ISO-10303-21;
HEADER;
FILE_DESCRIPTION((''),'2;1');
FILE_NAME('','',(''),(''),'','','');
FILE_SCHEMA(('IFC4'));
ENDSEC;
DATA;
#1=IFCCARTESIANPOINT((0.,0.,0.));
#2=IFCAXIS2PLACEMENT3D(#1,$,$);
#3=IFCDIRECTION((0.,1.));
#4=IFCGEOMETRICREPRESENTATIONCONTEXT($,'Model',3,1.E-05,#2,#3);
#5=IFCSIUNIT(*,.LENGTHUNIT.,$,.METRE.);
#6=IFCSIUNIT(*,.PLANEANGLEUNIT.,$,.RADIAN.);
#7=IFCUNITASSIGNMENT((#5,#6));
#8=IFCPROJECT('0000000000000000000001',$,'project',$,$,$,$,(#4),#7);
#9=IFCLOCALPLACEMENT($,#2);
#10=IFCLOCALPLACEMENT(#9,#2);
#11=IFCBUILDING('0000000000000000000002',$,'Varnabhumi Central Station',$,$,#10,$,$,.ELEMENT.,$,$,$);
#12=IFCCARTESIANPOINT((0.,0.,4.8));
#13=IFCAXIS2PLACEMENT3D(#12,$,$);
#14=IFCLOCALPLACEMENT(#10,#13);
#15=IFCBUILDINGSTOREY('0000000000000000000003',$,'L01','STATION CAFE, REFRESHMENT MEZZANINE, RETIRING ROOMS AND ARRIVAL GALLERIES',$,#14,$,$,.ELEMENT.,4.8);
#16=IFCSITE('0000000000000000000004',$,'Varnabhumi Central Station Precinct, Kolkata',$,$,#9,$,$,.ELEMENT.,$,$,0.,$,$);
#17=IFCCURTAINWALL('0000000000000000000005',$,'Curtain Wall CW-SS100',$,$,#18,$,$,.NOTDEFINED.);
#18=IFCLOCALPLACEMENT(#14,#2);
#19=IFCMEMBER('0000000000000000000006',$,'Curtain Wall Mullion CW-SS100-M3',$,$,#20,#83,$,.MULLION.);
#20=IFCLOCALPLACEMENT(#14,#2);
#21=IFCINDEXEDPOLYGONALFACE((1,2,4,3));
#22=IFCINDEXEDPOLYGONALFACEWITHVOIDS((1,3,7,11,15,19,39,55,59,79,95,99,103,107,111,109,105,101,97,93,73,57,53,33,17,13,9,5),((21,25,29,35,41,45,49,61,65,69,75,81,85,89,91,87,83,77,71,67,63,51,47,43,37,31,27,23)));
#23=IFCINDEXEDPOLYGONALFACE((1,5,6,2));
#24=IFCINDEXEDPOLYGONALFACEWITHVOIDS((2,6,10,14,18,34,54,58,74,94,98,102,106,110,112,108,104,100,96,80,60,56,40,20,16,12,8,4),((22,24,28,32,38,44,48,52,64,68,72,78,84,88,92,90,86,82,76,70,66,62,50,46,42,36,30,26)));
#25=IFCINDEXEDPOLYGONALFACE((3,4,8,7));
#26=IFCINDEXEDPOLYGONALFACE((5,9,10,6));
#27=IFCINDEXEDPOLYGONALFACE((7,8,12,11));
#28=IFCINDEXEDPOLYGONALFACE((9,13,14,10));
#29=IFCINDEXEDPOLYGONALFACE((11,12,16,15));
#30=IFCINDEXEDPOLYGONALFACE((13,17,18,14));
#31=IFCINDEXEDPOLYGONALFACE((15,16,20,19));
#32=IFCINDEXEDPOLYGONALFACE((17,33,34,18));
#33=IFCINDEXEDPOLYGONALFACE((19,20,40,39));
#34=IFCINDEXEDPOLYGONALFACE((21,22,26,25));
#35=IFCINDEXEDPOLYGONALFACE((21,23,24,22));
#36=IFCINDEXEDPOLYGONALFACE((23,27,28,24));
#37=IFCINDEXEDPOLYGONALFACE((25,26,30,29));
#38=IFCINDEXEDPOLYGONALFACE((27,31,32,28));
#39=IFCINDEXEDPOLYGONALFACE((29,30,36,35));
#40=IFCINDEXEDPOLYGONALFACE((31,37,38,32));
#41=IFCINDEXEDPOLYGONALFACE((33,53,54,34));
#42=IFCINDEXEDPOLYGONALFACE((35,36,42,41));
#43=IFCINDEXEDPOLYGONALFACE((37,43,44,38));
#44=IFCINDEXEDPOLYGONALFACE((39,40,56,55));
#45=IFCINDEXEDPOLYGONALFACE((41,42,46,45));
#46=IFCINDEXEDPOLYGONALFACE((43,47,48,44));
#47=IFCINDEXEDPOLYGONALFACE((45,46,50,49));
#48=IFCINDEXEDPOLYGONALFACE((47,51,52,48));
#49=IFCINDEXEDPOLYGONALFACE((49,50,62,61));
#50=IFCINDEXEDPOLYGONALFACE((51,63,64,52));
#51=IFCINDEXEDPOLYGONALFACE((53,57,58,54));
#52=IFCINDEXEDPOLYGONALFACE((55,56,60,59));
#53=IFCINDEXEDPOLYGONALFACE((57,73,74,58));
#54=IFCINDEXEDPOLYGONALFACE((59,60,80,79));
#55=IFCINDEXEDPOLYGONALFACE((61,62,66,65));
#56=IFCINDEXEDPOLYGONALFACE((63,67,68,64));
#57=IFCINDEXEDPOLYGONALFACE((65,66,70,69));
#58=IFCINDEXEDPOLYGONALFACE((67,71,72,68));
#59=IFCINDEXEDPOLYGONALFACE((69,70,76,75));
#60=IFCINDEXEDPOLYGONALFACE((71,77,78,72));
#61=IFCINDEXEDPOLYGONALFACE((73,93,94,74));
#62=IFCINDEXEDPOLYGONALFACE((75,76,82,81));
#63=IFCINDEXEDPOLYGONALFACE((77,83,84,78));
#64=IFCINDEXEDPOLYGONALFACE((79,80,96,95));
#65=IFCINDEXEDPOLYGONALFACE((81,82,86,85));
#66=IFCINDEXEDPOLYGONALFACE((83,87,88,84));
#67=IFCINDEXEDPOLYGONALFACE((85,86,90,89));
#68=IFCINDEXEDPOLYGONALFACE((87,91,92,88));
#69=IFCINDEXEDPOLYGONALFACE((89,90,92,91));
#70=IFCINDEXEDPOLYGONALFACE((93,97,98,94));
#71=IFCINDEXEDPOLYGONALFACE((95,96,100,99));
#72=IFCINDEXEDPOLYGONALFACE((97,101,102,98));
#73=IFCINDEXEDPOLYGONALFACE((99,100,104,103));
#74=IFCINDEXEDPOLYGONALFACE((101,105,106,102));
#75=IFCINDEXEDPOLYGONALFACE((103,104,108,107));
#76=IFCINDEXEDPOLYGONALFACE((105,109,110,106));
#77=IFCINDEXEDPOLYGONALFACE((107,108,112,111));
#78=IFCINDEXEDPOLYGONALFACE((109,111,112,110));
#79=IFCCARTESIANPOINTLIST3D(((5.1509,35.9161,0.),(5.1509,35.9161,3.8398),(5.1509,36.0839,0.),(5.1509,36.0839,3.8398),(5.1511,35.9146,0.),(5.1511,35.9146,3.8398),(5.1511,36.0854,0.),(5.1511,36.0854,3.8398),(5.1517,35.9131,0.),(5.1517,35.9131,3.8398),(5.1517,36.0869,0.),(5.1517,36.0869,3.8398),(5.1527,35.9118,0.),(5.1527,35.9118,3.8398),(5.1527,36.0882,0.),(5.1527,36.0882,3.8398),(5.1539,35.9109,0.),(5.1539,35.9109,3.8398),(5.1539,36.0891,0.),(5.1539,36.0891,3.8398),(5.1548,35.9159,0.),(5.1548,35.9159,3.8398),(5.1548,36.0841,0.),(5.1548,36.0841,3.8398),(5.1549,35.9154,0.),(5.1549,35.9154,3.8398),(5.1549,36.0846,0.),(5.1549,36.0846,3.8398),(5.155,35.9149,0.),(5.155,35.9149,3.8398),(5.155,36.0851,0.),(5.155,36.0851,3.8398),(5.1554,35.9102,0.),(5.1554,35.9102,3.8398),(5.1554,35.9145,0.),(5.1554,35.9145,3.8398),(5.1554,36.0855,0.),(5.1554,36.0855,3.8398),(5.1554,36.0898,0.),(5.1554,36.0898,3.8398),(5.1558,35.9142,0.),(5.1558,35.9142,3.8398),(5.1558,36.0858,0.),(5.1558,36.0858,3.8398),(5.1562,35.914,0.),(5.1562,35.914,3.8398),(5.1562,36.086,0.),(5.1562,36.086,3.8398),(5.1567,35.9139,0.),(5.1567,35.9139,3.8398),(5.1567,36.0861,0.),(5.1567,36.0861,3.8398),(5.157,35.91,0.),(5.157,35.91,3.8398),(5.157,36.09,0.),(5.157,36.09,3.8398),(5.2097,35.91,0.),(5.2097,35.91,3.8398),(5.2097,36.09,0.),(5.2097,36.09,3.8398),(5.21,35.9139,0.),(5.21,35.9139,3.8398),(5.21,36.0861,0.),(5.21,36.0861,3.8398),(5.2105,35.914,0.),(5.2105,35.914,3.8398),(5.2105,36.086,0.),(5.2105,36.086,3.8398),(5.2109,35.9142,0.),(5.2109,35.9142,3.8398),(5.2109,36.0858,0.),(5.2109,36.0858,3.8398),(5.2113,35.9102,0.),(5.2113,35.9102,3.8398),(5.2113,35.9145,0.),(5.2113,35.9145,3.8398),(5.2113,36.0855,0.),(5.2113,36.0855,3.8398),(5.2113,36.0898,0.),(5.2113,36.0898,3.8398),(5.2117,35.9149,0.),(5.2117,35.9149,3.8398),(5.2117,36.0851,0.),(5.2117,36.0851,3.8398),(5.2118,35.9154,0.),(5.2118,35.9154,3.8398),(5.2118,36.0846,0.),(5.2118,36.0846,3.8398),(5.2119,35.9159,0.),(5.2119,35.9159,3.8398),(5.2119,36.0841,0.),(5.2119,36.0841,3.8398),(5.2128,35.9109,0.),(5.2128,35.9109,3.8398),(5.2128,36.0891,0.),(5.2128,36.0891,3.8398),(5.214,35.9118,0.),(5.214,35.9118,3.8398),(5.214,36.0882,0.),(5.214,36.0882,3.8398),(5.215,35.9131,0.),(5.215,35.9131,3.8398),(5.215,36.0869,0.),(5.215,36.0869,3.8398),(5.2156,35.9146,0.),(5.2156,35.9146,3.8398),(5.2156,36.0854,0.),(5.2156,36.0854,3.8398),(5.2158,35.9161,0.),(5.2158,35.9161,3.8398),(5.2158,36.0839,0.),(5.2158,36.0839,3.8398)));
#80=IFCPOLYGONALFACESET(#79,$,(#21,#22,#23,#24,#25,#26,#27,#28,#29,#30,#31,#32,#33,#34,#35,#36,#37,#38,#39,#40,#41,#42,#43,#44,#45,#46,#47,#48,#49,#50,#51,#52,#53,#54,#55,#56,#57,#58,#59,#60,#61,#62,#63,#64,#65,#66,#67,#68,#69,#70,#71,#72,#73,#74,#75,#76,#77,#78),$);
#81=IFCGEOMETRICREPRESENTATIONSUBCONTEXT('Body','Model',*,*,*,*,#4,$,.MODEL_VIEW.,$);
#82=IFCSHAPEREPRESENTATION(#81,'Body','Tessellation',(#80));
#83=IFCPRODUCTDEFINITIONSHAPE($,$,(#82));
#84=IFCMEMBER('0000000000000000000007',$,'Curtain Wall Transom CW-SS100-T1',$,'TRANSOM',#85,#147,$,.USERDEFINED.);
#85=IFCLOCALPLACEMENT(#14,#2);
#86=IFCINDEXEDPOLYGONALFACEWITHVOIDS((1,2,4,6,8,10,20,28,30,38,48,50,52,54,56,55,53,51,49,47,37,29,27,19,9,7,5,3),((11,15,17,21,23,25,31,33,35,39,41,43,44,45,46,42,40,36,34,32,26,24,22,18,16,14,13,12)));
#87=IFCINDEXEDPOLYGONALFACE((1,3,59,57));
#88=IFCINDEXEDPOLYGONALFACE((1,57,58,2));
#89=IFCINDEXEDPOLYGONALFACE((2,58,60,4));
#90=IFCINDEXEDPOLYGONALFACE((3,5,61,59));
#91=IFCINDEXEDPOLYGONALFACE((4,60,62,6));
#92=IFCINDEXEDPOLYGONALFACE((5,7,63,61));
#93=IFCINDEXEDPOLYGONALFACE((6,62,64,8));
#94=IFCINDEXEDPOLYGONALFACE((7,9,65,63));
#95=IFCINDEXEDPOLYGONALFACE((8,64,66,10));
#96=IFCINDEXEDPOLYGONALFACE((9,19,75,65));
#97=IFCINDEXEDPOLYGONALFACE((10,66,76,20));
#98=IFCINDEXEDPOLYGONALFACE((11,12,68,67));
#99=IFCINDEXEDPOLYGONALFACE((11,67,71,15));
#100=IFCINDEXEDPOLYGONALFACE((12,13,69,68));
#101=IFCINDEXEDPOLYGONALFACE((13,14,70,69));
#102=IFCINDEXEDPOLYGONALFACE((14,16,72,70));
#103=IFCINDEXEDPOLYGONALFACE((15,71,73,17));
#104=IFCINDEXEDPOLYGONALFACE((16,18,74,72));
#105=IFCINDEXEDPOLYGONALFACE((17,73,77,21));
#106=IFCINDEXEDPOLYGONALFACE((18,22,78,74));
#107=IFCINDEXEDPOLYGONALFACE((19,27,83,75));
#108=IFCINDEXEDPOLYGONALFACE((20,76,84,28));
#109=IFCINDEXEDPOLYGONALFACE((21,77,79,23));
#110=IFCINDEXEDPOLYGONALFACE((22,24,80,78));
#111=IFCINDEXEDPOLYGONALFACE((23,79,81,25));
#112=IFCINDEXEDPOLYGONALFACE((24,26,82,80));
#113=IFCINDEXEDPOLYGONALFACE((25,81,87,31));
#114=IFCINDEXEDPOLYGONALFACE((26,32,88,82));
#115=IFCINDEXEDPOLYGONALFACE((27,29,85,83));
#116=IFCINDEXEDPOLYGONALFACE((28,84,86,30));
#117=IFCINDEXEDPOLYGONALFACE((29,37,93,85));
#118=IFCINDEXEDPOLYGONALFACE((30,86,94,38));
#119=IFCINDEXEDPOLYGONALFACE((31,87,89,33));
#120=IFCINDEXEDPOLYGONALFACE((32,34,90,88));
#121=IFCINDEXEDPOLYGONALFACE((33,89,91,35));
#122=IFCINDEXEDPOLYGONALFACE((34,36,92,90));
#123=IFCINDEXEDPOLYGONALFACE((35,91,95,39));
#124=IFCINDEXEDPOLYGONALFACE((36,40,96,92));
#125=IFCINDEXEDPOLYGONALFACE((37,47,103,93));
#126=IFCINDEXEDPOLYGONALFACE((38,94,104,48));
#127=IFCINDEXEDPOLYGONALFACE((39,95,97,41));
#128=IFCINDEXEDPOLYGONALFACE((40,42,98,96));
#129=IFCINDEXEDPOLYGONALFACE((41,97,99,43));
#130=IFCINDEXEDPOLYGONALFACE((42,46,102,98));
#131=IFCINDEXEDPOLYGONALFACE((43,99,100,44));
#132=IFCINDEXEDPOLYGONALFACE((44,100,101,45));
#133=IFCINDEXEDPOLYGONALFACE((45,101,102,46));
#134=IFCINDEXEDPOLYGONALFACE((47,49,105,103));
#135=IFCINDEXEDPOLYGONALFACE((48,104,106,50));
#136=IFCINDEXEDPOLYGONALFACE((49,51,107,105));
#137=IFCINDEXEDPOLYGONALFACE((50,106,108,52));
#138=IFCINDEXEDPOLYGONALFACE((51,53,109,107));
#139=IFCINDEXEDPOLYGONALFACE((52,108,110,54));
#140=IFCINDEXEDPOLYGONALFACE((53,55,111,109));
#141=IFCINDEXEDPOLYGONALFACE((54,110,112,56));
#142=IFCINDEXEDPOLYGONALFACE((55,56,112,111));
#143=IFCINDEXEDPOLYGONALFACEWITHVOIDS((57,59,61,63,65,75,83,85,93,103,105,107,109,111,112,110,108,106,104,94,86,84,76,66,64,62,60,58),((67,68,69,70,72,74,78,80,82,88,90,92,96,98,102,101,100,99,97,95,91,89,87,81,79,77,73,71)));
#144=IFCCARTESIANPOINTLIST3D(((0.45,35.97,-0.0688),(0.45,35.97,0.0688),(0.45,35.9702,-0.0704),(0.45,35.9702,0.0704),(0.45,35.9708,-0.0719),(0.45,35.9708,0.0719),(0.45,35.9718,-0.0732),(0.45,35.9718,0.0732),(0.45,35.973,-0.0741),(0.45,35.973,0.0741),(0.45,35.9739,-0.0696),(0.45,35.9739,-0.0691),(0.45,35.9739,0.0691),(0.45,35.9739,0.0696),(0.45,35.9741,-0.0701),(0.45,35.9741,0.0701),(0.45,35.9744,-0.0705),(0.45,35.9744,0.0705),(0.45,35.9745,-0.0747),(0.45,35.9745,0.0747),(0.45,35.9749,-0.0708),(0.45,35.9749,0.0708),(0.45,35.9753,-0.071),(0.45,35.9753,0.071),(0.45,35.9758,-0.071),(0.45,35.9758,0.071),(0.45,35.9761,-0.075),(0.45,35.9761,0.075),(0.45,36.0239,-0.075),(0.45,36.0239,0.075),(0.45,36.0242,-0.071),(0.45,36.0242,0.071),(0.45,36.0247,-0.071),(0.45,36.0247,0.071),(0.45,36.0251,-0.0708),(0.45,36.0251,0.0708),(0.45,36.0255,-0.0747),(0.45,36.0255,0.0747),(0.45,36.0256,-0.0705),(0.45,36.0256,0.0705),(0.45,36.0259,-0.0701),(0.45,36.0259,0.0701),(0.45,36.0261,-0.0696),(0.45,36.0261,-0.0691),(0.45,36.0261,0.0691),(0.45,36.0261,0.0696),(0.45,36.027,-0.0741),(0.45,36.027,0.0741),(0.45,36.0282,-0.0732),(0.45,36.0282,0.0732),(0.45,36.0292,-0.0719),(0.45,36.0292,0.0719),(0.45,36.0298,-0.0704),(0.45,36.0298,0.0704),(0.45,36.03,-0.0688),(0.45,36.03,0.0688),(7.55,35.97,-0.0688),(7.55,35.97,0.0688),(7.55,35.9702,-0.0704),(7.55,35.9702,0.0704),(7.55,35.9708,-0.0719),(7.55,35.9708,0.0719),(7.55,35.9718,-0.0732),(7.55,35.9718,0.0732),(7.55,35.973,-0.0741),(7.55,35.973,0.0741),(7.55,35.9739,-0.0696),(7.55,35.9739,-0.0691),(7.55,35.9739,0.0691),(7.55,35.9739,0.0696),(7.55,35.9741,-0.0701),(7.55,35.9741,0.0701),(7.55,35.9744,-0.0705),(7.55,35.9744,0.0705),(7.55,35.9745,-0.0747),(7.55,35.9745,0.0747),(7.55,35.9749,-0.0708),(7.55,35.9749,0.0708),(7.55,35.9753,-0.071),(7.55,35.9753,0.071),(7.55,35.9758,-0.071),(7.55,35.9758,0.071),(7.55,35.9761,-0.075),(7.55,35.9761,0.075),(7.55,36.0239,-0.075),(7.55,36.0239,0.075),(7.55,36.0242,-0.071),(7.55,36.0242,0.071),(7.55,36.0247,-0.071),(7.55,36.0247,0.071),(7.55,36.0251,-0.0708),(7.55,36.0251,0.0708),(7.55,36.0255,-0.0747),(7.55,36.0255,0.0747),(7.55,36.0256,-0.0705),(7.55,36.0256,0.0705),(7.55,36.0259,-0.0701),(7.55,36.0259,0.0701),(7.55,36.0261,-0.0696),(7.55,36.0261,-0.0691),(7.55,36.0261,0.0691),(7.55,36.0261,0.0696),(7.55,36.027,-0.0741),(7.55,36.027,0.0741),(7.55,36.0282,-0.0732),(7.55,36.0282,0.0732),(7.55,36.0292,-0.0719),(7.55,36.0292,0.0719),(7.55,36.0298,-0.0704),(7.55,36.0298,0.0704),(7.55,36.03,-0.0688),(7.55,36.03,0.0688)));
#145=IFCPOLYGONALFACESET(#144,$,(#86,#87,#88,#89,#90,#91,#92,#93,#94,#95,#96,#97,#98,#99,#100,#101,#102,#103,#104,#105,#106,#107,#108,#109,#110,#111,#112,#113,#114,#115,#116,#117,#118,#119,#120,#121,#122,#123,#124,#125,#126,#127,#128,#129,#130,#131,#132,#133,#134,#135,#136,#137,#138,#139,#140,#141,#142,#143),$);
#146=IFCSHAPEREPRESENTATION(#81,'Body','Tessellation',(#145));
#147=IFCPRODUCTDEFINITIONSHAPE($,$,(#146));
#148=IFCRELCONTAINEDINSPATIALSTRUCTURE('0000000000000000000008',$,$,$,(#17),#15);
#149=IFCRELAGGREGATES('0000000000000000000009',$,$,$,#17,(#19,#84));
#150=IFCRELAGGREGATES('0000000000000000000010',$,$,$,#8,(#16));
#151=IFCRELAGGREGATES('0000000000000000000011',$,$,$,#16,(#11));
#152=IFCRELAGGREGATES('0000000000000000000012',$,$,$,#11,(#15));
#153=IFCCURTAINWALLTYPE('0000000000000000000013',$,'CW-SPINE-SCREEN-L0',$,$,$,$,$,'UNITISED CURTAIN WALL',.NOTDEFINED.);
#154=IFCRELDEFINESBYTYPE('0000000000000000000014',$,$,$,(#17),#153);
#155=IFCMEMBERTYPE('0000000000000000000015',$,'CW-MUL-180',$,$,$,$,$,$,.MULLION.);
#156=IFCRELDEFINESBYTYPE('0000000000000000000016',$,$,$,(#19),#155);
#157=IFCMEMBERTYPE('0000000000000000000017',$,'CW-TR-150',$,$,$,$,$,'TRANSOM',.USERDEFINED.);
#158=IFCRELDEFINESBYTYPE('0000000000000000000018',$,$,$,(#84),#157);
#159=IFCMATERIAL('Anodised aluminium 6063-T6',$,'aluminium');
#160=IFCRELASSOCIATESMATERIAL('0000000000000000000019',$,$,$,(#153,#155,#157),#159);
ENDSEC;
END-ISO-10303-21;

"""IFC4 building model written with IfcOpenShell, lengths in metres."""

from ifc_helpers import new_model, si_unit, direction, frame, origin, origin_2d, place, context, subcontext, project, spatial, hollow_rectangle, extrude, material, material_profile, profile_set, type_object, element, aggregate, save


model = new_model("IFC4")

# Units and contexts
model_context = context("Model", 3, precision=1e-05, world=origin(), true_north=direction((0.0, 1.0)))
body_context = subcontext(model_context, "Body", "Model", "MODEL_VIEW")
ifc_project = project(units=[si_unit("LENGTHUNIT", "METRE"), si_unit("PLANEANGLEUNIT", "RADIAN")], contexts=[model_context])

# Site, building, storey
site_placement = place(None, origin())
site = spatial("IfcSite", under=ifc_project, at=site_placement, Name="Varnabhumi Central Station Precinct, Kolkata", CompositionType="ELEMENT", RefElevation=0.0)
building_placement = place(site_placement, origin())
building = spatial("IfcBuilding", under=site, at=building_placement, Name="Varnabhumi Central Station", CompositionType="ELEMENT")
storey_placement = place(building_placement, frame((0.0, 0.0, 4.8)))
storey = spatial("IfcBuildingStorey", under=building, at=storey_placement, Name="L01", Description="STATION CAFE, REFRESHMENT MEZZANINE, RETIRING ROOMS AND ARRIVAL GALLERIES", CompositionType="ELEMENT", Elevation=4.8)

# Curtain wall, members
ifc_material_1 = material(Name="Anodised aluminium 6063-T6", Category="aluminium")
curtain_wall_type = type_object("IfcCurtainWallType", Name="CW-SPINE-SCREEN-L0", ElementType="UNITISED CURTAIN WALL", PredefinedType="NOTDEFINED", material=ifc_material_1)
curtain_wall_placement = place(storey_placement, origin())
curtain_wall = element("IfcCurtainWall", 1, at=curtain_wall_placement, inside=storey, type_object=curtain_wall_type, Name="Curtain Wall CW-SS100", PredefinedType="NOTDEFINED")
ifc_material_profile_1 = material_profile(ifc_material_1, hollow_rectangle(XDim=0.0649, YDim=0.1799, WallThickness=0.0039, InnerFilletRadius=0.002, OuterFilletRadius=0.0061, at=origin_2d()), Name="Anodised aluminium 6063-T6", Category="aluminium")
ifc_profile_set_1 = profile_set([ifc_material_profile_1], Name="Anodised aluminium 6063-T6")
member_type_1 = type_object("IfcMemberType", Name="CW-MUL-180", PredefinedType="MULLION", material=ifc_profile_set_1)
member_1_placement = place(storey_placement, frame((5.1833, 36.0, 0.0), z_axis=(0.0, 0.0, 1.0), x_axis=(1.0, 0.0, 0.0)))
member_1 = element("IfcMember", 2, at=member_1_placement, type_object=member_type_1, Name="Curtain Wall Mullion CW-SS100-M3", PredefinedType="MULLION", context=body_context, shape_type="SweptSolid", body=[
    extrude(hollow_rectangle(XDim=0.0649, YDim=0.1799, WallThickness=0.0039, InnerFilletRadius=0.002, OuterFilletRadius=0.0061, at=origin_2d()), origin(), (0.0, 0.0, 1.0), 3.8398),
])
ifc_material_profile_2 = material_profile(ifc_material_1, hollow_rectangle(XDim=0.0601, YDim=0.1499, WallThickness=0.0039, InnerFilletRadius=0.002, OuterFilletRadius=0.0061, at=origin_2d()), Name="Anodised aluminium 6063-T6", Category="aluminium")
ifc_profile_set_2 = profile_set([ifc_material_profile_2], Name="Anodised aluminium 6063-T6")
member_type_2 = type_object("IfcMemberType", Name="CW-TR-150", ElementType="TRANSOM", PredefinedType="USERDEFINED", material=ifc_profile_set_2)
member_2_placement = place(storey_placement, frame((0.45, 36.0, 0.0), z_axis=(1.0, 0.0, 0.0), x_axis=(0.0, 1.0, 0.0)))
member_2 = element("IfcMember", 3, at=member_2_placement, type_object=member_type_2, Name="Curtain Wall Transom CW-SS100-T1", ObjectType="TRANSOM", PredefinedType="USERDEFINED", context=body_context, shape_type="SweptSolid", body=[
    extrude(hollow_rectangle(XDim=0.0601, YDim=0.1499, WallThickness=0.0039, InnerFilletRadius=0.002, OuterFilletRadius=0.0061, at=origin_2d()), origin(), (0.0, 0.0, 1.0), 7.1001),
])

aggregate(curtain_wall, [member_1, member_2])

save(model, "model.ifc")
